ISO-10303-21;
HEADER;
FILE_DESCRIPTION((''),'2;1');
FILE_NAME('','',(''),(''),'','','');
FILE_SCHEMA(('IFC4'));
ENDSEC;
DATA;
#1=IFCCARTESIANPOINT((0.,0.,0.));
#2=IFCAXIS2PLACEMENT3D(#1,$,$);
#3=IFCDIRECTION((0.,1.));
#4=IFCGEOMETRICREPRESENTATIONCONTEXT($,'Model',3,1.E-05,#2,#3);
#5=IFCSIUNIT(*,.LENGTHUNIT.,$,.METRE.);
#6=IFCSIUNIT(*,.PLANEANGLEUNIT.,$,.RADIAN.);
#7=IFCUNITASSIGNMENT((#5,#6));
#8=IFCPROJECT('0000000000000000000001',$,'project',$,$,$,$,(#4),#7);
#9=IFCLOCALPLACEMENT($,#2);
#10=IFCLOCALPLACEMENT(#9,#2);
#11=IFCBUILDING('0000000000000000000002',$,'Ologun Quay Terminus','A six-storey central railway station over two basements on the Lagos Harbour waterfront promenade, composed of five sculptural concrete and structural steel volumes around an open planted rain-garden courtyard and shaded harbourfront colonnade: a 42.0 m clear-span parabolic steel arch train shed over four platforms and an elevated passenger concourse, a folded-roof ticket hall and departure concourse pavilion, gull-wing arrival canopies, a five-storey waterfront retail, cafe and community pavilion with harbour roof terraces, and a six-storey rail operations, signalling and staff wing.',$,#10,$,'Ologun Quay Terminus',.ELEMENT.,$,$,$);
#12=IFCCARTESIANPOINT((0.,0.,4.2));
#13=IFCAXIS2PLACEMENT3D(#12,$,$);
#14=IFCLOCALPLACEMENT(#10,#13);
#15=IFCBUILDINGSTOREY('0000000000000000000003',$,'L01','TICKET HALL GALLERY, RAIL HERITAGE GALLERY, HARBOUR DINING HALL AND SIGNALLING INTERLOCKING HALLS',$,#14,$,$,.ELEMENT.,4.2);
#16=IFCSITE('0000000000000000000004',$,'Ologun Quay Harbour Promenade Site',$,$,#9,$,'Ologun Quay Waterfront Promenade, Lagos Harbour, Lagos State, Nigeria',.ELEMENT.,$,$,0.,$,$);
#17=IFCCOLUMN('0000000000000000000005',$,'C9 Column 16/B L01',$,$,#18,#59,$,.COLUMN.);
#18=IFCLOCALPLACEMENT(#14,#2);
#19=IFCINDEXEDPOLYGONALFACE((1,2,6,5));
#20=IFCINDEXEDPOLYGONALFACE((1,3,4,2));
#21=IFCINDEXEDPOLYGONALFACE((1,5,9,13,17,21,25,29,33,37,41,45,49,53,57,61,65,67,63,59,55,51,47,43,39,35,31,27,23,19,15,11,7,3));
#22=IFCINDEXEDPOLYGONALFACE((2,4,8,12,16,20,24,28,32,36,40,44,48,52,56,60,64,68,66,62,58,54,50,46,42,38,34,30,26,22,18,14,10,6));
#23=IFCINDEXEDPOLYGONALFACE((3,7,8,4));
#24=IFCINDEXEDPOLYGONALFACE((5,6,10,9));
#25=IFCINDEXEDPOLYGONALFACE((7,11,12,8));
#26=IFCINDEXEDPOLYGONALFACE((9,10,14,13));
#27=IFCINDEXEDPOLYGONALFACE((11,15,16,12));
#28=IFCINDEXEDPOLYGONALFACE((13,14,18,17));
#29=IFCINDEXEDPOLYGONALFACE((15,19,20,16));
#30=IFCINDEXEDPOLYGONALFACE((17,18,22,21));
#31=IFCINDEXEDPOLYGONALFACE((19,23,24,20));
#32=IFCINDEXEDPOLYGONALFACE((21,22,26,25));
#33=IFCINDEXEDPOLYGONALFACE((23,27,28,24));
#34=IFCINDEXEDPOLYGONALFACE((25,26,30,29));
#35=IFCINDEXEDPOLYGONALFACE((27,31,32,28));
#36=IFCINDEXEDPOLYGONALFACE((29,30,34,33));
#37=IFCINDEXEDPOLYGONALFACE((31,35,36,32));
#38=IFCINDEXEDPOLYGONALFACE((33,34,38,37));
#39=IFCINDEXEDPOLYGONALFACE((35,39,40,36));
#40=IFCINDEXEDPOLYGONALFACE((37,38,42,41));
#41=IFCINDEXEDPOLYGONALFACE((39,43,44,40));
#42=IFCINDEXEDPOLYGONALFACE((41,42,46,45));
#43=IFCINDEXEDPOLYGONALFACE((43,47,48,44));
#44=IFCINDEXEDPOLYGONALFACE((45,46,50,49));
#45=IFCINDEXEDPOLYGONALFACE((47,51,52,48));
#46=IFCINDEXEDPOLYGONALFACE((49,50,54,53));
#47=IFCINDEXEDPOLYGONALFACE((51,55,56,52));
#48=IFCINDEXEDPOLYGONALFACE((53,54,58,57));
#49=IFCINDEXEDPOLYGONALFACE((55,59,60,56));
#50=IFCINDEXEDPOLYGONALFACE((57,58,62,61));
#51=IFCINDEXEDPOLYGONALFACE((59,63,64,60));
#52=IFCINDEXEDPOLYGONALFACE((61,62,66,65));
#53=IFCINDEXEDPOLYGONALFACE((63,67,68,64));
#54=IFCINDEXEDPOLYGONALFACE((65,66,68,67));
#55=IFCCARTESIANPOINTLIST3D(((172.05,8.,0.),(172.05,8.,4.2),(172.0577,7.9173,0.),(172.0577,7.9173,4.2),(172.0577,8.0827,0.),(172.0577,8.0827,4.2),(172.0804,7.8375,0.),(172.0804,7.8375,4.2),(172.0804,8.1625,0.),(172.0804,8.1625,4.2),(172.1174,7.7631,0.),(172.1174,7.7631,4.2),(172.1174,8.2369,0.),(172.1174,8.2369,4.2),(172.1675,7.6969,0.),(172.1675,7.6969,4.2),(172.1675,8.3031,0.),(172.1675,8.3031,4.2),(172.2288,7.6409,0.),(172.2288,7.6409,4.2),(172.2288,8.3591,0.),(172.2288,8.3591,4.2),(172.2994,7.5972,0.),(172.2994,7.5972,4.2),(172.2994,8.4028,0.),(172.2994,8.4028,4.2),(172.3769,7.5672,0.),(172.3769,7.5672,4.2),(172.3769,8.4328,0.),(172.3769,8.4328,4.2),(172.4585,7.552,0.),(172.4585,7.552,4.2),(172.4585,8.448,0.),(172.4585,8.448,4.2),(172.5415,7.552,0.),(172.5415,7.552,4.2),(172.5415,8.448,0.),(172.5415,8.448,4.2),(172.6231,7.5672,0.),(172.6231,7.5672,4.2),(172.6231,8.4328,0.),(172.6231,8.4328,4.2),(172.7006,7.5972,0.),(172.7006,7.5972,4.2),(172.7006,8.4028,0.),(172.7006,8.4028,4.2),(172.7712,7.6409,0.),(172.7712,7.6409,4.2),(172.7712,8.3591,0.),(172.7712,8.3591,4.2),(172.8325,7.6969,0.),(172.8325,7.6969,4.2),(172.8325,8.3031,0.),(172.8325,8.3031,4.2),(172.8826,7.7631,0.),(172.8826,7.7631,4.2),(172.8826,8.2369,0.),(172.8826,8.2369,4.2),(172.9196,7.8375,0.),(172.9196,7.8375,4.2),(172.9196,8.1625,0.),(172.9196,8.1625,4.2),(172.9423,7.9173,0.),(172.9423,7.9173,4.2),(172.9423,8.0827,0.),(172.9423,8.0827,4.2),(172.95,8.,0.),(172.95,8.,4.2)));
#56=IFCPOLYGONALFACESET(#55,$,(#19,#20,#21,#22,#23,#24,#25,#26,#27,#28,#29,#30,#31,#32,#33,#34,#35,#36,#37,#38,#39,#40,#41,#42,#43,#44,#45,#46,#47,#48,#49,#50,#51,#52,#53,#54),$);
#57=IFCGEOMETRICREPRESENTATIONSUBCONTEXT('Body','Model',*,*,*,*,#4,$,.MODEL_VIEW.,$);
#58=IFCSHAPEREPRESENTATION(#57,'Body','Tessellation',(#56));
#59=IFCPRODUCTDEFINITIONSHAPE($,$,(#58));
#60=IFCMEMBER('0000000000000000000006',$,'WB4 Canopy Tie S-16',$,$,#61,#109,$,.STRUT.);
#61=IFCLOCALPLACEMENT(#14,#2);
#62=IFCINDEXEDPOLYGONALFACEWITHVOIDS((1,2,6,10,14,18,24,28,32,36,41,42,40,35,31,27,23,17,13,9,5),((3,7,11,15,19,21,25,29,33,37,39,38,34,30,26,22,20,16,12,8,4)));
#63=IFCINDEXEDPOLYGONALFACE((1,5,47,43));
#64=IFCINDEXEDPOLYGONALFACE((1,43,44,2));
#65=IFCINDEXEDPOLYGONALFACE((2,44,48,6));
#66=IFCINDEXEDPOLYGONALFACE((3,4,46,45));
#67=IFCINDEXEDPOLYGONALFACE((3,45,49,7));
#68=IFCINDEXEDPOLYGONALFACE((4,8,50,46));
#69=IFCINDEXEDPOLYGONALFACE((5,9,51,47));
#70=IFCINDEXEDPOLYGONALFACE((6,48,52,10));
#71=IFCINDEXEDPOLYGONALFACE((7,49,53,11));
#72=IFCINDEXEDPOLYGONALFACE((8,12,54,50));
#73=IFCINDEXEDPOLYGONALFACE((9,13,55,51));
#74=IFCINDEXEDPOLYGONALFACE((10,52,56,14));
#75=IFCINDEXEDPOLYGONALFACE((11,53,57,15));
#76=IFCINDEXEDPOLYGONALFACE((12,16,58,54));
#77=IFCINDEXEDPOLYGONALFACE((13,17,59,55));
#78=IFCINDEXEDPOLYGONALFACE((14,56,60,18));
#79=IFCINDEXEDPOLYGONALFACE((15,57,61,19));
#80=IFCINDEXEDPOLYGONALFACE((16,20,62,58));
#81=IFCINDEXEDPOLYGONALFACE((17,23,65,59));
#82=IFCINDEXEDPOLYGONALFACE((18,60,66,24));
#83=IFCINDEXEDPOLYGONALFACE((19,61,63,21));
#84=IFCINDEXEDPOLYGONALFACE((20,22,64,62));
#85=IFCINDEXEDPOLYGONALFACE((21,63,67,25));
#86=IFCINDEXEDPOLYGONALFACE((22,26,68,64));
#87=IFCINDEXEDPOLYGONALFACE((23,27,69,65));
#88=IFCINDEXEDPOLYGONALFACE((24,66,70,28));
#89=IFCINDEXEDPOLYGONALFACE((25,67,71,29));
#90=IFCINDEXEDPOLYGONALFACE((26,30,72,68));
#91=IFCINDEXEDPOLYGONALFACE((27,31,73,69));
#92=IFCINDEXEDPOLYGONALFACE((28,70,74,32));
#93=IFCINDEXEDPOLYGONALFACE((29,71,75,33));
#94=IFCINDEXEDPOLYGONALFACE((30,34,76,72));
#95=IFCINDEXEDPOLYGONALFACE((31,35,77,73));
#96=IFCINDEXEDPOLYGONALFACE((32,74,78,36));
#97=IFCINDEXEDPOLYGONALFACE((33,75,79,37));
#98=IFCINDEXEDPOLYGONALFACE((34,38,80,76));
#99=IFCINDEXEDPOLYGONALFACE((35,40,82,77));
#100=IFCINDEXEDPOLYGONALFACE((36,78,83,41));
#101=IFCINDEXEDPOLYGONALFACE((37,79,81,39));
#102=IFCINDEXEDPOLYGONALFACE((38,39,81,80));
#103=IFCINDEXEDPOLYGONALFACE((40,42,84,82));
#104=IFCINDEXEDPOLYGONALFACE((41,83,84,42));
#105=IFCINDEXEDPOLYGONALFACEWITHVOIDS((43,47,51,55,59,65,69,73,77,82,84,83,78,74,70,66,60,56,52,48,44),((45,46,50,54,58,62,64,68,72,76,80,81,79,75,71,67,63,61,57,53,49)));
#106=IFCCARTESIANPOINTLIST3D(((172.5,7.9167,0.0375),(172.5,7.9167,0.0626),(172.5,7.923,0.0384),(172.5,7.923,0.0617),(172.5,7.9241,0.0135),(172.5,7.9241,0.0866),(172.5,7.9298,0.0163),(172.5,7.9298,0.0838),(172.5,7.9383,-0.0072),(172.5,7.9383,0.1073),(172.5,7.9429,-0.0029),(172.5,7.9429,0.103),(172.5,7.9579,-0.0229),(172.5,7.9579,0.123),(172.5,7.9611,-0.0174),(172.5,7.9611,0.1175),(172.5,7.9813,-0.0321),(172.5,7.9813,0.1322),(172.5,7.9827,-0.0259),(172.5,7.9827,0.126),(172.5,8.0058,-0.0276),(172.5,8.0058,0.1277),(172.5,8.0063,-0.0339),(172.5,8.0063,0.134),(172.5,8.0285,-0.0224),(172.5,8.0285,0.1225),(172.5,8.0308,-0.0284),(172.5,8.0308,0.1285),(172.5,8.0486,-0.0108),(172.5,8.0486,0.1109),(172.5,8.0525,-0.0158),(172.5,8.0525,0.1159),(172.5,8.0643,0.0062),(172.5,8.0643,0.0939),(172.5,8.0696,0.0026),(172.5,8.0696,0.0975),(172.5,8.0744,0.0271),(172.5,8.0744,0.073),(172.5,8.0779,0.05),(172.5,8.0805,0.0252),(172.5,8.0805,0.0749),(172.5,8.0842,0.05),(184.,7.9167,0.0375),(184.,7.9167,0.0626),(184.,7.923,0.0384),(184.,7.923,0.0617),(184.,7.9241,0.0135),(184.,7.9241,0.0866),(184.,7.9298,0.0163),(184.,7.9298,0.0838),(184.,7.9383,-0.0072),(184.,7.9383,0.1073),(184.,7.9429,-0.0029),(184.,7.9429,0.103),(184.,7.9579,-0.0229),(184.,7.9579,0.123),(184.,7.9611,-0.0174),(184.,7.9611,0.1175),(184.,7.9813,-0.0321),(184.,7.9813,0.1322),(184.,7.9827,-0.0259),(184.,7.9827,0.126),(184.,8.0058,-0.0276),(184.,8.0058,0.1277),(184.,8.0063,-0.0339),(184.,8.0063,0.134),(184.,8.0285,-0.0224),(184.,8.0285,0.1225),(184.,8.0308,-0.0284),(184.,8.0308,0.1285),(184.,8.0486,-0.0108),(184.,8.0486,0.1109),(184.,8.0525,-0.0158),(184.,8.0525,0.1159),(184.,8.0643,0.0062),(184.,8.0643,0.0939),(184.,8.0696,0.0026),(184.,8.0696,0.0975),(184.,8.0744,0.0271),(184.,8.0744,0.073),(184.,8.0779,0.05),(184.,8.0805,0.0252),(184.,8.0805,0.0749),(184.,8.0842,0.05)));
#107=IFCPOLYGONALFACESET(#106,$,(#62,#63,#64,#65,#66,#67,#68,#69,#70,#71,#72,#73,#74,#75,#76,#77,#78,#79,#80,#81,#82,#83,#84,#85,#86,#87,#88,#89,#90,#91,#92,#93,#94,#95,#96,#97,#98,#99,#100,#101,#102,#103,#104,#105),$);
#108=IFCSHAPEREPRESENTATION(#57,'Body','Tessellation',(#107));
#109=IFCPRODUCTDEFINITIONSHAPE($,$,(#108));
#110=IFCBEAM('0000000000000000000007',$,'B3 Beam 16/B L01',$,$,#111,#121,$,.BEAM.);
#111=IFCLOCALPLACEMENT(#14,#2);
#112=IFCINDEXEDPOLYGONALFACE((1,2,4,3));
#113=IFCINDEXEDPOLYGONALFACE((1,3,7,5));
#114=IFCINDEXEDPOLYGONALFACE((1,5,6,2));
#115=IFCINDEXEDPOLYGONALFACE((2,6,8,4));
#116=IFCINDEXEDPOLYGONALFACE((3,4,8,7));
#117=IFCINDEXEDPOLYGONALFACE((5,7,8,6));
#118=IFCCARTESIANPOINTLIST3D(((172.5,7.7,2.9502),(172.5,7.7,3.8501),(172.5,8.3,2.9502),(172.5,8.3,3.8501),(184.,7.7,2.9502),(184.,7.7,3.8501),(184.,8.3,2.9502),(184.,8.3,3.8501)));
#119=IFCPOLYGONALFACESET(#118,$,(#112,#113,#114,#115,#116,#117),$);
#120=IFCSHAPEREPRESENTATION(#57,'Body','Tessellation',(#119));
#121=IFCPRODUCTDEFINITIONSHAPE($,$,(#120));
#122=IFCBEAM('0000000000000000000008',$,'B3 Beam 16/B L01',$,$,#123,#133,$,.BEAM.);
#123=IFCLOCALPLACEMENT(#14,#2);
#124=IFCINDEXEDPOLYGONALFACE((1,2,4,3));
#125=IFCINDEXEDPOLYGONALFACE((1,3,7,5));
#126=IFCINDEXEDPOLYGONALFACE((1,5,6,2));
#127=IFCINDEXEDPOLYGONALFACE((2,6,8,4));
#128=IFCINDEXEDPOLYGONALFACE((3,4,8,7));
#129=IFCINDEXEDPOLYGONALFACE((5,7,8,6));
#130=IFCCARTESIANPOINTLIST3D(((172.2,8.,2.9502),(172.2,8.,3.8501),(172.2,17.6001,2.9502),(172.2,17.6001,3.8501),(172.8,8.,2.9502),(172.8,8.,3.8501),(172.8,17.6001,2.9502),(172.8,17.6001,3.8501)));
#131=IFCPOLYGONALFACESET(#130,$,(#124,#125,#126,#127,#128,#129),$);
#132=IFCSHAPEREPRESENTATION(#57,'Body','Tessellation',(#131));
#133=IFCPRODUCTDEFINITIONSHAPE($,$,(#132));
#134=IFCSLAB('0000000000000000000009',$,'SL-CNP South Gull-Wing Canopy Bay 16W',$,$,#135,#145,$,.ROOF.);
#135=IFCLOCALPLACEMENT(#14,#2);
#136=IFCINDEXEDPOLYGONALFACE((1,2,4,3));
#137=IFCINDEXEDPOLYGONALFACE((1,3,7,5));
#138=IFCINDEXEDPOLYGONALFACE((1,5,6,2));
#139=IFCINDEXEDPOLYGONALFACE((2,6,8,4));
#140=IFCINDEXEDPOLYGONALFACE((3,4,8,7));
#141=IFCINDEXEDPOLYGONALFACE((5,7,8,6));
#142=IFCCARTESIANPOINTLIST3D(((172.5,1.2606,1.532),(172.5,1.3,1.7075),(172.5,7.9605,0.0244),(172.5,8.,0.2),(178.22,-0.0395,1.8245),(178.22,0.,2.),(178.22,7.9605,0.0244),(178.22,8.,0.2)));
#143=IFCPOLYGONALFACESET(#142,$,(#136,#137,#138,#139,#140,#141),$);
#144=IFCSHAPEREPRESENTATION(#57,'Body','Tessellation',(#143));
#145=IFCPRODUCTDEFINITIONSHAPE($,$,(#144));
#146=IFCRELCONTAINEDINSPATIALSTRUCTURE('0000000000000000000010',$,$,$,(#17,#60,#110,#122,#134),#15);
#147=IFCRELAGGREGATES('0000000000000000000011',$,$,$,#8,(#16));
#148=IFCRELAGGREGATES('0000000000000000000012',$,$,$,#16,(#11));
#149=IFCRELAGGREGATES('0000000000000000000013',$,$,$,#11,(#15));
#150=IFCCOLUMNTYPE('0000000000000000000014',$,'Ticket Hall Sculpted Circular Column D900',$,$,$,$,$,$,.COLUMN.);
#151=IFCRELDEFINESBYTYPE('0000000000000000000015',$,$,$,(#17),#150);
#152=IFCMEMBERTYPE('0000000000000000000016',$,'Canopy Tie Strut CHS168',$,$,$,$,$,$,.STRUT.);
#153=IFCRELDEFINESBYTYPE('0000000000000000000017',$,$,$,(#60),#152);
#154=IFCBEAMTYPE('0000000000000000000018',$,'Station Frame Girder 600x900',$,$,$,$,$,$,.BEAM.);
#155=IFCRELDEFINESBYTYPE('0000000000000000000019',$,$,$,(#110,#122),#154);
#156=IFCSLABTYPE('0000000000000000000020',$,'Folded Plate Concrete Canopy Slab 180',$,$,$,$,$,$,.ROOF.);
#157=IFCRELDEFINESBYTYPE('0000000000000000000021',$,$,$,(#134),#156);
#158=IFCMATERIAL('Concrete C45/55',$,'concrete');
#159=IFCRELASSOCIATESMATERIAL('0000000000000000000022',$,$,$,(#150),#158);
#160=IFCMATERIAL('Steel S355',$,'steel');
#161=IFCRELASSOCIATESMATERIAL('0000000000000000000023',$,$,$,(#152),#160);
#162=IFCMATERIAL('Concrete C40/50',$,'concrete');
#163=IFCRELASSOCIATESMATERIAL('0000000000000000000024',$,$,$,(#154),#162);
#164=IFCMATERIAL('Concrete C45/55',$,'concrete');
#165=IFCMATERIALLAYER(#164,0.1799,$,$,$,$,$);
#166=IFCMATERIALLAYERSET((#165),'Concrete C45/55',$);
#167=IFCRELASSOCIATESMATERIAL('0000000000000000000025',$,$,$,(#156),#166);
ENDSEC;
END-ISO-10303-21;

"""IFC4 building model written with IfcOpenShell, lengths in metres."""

from ifc_helpers import new_model, si_unit, direction, frame, origin, origin_2d, place, context, subcontext, project, spatial, polyline, rectangle, circle, hollow_circle, outline, extrude, material, layer, layer_set, material_profile, profile_set, type_object, element, save


model = new_model("IFC4")

# Units and contexts
model_context = context("Model", 3, precision=1e-05, world=origin(), true_north=direction((0.0, 1.0)))
body_context = subcontext(model_context, "Body", "Model", "MODEL_VIEW")
ifc_project = project(units=[si_unit("LENGTHUNIT", "METRE"), si_unit("PLANEANGLEUNIT", "RADIAN")], contexts=[model_context])

# Site, building, storey
site_placement = place(None, origin())
site = spatial("IfcSite", under=ifc_project, at=site_placement, Name="Ologun Quay Harbour Promenade Site", LongName="Ologun Quay Waterfront Promenade, Lagos Harbour, Lagos State, Nigeria", CompositionType="ELEMENT", RefElevation=0.0)
building_placement = place(site_placement, origin())
building = spatial("IfcBuilding", under=site, at=building_placement, Name="Ologun Quay Terminus", Description="A six-storey central railway station over two basements on the Lagos Harbour waterfront promenade, composed of five sculptural concrete and structural steel volumes around an open planted rain-garden courtyard and shaded harbourfront colonnade: a 42.0 m clear-span parabolic steel arch train shed over four platforms and an elevated passenger concourse, a folded-roof ticket hall and departure concourse pavilion, gull-wing arrival canopies, a five-storey waterfront retail, cafe and community pavilion with harbour roof terraces, and a six-storey rail operations, signalling and staff wing.", LongName="Ologun Quay Terminus", CompositionType="ELEMENT")
storey_placement = place(building_placement, frame((0.0, 0.0, 4.2)))
storey = spatial("IfcBuildingStorey", under=building, at=storey_placement, Name="L01", Description="TICKET HALL GALLERY, RAIL HERITAGE GALLERY, HARBOUR DINING HALL AND SIGNALLING INTERLOCKING HALLS", CompositionType="ELEMENT", Elevation=4.2)

# Column
ifc_material_1 = material(Name="Concrete C45/55", Category="concrete")
ifc_material_profile_1 = material_profile(ifc_material_1, circle(Radius=0.45, at=origin_2d()), Name="RC D900")
ifc_profile_set_1 = profile_set([ifc_material_profile_1], Name="Concrete C45/55")
column_type = type_object("IfcColumnType", Name="Ticket Hall Sculpted Circular Column D900", PredefinedType="COLUMN", material=ifc_profile_set_1)
column_placement = place(storey_placement, frame((172.5, 8.0, 0.0), z_axis=(0.0, 0.0, 1.0), x_axis=(1.0, 0.0, 0.0)))
element("IfcColumn", 1, at=column_placement, inside=storey, type_object=column_type, Name="C9 Column 16/B L01", PredefinedType="COLUMN", context=body_context, shape_type="SweptSolid", body=[
    extrude(circle(Radius=0.45, at=origin_2d()), origin(), (0.0, 0.0, 1.0), 4.2),
])

# Member
ifc_material_2 = material(Name="Steel S355", Category="steel")
ifc_material_profile_2 = material_profile(ifc_material_2, hollow_circle(Radius=0.0842, WallThickness=0.0063, at=origin_2d()), Name="CHS 168.3x6.3")
ifc_profile_set_2 = profile_set([ifc_material_profile_2], Name="Steel S355")
member_type = type_object("IfcMemberType", Name="Canopy Tie Strut CHS168", PredefinedType="STRUT", material=ifc_profile_set_2)
member_placement = place(storey_placement, frame((172.5, 8.0, 0.05), z_axis=(1.0, 0.0, 0.0), x_axis=(0.0, 1.0, 0.0)))
element("IfcMember", 2, at=member_placement, inside=storey, type_object=member_type, Name="WB4 Canopy Tie S-16", PredefinedType="STRUT", context=body_context, shape_type="SweptSolid", body=[
    extrude(hollow_circle(Radius=0.0842, WallThickness=0.0063, at=origin_2d()), origin(), (0.0, 0.0, 1.0), 11.5),
])

# Beams
ifc_material_3 = material(Name="Concrete C40/50", Category="concrete")
ifc_material_profile_3 = material_profile(ifc_material_3, rectangle(XDim=0.6001, YDim=0.8999, at=origin_2d()), Name="RC 600x900")
ifc_profile_set_3 = profile_set([ifc_material_profile_3], Name="Concrete C40/50")
beam_type = type_object("IfcBeamType", Name="Station Frame Girder 600x900", PredefinedType="BEAM", material=ifc_profile_set_3)
beam_1_placement = place(storey_placement, frame((172.5, 8.0, 3.4001), z_axis=(1.0, 0.0, 0.0), x_axis=(0.0, 1.0, 0.0)))
element("IfcBeam", 3, at=beam_1_placement, inside=storey, type_object=beam_type, Name="B3 Beam 16/B L01", PredefinedType="BEAM", context=body_context, shape_type="SweptSolid", body=[
    extrude(rectangle(XDim=0.6001, YDim=0.8999, at=origin_2d()), origin(), (0.0, 0.0, 1.0), 11.5),
])
beam_2_placement = place(storey_placement, frame((172.5, 8.0, 3.4001), z_axis=(0.0, 1.0, 0.0), x_axis=(-1.0, 0.0, 0.0)))
element("IfcBeam", 4, at=beam_2_placement, inside=storey, type_object=beam_type, Name="B3 Beam 16/B L01", PredefinedType="BEAM", context=body_context, shape_type="SweptSolid", body=[
    extrude(rectangle(XDim=0.6001, YDim=0.8999, at=origin_2d()), origin(), (0.0, 0.0, 1.0), 9.6001),
])

# Slab
ifc_material_4 = material(Name="Concrete C45/55", Category="concrete")
ifc_layer_1 = layer(ifc_material_4, 0.1799)
ifc_layer_set_1 = layer_set([ifc_layer_1], Name="Concrete C45/55")
slab_type = type_object("IfcSlabType", Name="Folded Plate Concrete Canopy Slab 180", PredefinedType="ROOF", material=ifc_layer_set_1)
slab_placement = place(storey_placement, frame((172.5, 1.3, 1.7075), z_axis=(0.000004, 0.21952, 0.975608), x_axis=(0.973921, -0.221354, 0.049803)))
element("IfcSlab", 5, at=slab_placement, inside=storey, type_object=slab_type, Name="SL-CNP South Gull-Wing Canopy Bay 16W", PredefinedType="ROOF", context=body_context, shape_type="SweptSolid", body=[
    extrude(outline(polyline([(0.0, 0.0), (5.8731, 0.0), (4.0127, 7.9862), (-1.5581, 6.6884), (0.0, 0.0)])), origin(), (0.0, 0.0, -1.0), 0.1799),
])

save(model, "model.ifc")
